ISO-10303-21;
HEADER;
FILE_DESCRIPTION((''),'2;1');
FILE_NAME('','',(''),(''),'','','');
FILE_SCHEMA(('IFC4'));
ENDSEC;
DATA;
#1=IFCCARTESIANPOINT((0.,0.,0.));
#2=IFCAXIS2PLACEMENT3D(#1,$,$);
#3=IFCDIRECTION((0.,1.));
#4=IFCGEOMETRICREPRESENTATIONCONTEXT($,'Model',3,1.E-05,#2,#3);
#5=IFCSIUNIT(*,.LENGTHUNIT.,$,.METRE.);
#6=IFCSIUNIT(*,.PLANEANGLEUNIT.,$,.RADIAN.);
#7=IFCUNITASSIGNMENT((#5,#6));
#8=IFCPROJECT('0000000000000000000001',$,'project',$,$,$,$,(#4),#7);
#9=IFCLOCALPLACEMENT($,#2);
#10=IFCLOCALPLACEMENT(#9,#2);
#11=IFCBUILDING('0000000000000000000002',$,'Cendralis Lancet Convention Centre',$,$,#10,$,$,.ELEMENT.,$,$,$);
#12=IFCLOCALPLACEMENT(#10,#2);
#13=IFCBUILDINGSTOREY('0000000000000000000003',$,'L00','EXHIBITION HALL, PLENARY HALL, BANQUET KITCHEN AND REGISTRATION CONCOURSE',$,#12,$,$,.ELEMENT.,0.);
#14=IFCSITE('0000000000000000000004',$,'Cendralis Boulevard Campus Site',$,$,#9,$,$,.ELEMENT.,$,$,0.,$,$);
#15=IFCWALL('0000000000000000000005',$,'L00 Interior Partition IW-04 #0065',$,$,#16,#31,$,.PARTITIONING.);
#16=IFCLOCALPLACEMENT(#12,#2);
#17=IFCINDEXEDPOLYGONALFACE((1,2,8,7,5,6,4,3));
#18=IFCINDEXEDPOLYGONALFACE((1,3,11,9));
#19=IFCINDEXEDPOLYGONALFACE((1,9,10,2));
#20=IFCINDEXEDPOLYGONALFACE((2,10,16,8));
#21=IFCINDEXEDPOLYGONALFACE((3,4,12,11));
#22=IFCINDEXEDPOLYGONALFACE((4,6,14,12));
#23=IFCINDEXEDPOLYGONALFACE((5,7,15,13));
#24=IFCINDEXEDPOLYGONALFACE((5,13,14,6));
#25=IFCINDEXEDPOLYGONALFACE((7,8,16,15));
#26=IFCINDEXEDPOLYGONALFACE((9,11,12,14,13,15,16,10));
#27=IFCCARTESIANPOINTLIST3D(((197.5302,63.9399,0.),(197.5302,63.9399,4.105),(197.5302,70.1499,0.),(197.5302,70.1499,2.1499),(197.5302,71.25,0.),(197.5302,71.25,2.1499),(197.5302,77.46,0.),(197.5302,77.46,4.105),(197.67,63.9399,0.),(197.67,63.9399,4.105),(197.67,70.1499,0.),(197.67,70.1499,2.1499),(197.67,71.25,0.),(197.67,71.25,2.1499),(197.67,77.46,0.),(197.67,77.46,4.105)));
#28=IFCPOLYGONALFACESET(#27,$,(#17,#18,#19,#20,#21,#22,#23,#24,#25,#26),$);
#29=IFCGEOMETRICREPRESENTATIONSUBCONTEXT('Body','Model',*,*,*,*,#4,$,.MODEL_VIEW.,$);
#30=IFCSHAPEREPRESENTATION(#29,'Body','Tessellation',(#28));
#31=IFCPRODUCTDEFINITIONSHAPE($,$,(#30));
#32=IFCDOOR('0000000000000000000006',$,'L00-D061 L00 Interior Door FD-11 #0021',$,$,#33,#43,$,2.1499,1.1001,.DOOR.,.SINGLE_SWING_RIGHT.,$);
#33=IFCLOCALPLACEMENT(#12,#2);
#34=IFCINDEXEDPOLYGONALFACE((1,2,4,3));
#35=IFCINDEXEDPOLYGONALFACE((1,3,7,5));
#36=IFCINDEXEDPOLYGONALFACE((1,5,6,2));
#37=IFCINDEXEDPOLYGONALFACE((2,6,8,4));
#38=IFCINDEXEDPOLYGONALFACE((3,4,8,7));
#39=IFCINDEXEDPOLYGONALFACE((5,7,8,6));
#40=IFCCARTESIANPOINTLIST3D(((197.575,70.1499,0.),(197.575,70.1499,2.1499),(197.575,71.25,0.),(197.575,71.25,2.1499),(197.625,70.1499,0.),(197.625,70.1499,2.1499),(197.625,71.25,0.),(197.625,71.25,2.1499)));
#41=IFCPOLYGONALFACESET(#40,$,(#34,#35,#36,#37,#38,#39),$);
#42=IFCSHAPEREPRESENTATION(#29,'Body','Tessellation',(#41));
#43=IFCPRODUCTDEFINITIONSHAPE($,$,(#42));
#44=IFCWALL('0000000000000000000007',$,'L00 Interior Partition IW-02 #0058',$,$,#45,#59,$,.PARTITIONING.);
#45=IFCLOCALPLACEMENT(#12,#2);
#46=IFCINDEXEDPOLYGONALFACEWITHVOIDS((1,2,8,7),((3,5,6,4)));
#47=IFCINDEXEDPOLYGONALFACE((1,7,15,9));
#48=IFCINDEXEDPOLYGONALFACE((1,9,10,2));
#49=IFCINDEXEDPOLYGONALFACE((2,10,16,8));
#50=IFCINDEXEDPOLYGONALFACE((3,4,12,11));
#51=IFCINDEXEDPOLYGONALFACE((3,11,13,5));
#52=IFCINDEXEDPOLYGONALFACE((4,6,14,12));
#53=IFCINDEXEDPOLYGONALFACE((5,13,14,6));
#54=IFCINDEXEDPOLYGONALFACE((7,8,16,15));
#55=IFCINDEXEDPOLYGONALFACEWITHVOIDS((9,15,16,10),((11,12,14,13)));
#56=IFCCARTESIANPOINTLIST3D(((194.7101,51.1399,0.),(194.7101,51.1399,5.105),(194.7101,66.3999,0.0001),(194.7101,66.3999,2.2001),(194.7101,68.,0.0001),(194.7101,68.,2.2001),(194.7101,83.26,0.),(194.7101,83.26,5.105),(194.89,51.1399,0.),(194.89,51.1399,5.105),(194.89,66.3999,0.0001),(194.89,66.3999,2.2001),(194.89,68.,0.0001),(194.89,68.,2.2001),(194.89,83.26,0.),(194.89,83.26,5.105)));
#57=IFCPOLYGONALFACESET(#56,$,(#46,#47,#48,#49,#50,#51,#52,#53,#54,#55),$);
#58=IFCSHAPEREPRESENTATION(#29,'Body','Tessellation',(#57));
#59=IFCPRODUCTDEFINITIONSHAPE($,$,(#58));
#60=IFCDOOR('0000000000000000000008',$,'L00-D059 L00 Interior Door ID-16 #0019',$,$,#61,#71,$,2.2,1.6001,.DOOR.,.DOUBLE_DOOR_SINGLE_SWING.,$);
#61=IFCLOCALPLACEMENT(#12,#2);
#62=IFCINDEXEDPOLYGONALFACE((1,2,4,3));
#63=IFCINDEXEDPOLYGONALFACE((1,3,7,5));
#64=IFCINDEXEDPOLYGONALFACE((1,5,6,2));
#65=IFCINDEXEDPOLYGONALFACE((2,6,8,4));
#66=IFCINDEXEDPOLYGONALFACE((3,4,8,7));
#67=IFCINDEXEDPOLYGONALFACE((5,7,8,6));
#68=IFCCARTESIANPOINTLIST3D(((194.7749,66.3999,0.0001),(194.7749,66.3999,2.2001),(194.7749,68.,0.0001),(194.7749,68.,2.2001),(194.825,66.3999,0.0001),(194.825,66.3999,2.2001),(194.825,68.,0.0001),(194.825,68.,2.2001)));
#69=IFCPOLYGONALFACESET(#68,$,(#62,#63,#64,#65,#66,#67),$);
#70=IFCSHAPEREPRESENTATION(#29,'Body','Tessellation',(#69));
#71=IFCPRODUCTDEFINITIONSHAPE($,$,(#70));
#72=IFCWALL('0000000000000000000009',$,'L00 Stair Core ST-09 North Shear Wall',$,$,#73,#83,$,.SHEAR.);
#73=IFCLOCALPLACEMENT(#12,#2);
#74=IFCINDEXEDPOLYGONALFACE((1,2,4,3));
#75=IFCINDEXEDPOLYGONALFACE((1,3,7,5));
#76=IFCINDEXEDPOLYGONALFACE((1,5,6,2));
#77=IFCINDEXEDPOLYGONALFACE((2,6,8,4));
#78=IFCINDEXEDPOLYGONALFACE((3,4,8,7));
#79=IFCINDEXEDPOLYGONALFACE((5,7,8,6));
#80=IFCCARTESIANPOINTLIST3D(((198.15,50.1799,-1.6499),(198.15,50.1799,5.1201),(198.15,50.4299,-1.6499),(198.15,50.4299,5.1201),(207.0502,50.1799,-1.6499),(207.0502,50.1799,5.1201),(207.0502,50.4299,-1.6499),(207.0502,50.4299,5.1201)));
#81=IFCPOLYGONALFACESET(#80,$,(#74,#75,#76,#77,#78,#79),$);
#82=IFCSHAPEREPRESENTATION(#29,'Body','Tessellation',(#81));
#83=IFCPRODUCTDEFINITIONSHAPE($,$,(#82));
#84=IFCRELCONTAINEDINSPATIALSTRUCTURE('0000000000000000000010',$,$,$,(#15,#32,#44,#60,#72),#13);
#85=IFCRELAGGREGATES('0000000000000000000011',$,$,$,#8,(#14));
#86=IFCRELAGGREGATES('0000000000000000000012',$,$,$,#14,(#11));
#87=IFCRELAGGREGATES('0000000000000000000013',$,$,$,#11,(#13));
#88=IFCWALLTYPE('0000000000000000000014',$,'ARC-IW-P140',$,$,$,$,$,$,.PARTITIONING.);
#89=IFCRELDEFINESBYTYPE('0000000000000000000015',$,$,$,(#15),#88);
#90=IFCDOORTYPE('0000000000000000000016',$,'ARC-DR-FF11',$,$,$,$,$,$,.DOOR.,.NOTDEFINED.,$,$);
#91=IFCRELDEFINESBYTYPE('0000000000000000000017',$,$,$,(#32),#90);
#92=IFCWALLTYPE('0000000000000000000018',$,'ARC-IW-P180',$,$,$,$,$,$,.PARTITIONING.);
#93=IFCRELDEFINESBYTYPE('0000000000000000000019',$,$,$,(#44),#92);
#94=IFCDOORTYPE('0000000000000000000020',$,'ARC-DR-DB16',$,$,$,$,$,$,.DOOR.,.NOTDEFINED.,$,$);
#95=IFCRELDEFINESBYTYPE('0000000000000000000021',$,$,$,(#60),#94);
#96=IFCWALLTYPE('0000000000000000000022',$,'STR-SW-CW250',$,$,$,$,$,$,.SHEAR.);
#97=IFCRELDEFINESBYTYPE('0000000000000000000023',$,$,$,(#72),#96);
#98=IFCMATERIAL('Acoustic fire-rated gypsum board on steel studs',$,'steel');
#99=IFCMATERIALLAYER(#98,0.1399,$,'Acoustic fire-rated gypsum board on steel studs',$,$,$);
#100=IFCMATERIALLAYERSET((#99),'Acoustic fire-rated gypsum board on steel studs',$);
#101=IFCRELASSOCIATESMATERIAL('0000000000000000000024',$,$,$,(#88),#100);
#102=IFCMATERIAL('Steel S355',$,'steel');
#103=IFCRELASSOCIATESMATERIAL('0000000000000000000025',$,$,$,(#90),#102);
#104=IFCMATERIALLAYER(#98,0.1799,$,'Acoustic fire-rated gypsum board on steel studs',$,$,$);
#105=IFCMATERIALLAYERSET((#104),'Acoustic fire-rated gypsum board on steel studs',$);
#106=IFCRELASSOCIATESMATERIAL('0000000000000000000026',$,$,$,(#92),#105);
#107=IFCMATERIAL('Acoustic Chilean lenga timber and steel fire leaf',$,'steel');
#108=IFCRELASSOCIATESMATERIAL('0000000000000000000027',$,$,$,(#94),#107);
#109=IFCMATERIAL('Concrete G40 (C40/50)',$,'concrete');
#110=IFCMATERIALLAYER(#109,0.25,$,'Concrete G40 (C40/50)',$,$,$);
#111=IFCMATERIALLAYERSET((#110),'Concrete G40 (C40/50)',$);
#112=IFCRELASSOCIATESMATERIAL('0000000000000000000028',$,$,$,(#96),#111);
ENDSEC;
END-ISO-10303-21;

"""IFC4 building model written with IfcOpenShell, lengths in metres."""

from ifc_helpers import new_model, si_unit, direction, frame, frame_2d, origin, place, context, subcontext, project, spatial, rectangle, extrude, material, layer, layer_set, type_object, element, fill, save


model = new_model("IFC4")

# Units and contexts
model_context = context("Model", 3, precision=1e-05, world=origin(), true_north=direction((0.0, 1.0)))
body_context = subcontext(model_context, "Body", "Model", "MODEL_VIEW")
ifc_project = project(units=[si_unit("LENGTHUNIT", "METRE"), si_unit("PLANEANGLEUNIT", "RADIAN")], contexts=[model_context])

# Site, building, storey
site_placement = place(None, origin())
site = spatial("IfcSite", under=ifc_project, at=site_placement, Name="Cendralis Boulevard Campus Site", CompositionType="ELEMENT", RefElevation=0.0)
building_placement = place(site_placement, origin())
building = spatial("IfcBuilding", under=site, at=building_placement, Name="Cendralis Lancet Convention Centre", CompositionType="ELEMENT")
storey_placement = place(building_placement, origin())
storey = spatial("IfcBuildingStorey", under=building, at=storey_placement, Name="L00", Description="EXHIBITION HALL, PLENARY HALL, BANQUET KITCHEN AND REGISTRATION CONCOURSE", CompositionType="ELEMENT", Elevation=0.0)

# Shared definitions
ifc_material_1 = material(Name="Concrete G40 (C40/50)", Category="concrete")

# Shared definitions
ifc_material_2 = material(Name="Steel S355", Category="steel")

# Shared definitions
ifc_material_3 = material(Name="Acoustic fire-rated gypsum board on steel studs", Category="steel")
ifc_layer_1 = layer(ifc_material_3, 0.1399, Name="Acoustic fire-rated gypsum board on steel studs")
ifc_layer_set_1 = layer_set([ifc_layer_1], Name="Acoustic fire-rated gypsum board on steel studs")
wall_type_1 = type_object("IfcWallType", Name="ARC-IW-P140", PredefinedType="PARTITIONING", material=ifc_layer_set_1)

# Walls, openings, doors
door_type_1 = type_object("IfcDoorType", Name="ARC-DR-FF11", OperationType="NOTDEFINED", PredefinedType="DOOR", material=ifc_material_2)
wall_1_placement = place(storey_placement, frame((197.6001, 63.9399, 0.0), z_axis=(0.0, 0.0, 1.0), x_axis=(0.0, 1.0, 0.0)))
wall_1 = element("IfcWall", 1, at=wall_1_placement, inside=storey, type_object=wall_type_1, Name="L00 Interior Partition IW-04 #0065", PredefinedType="PARTITIONING", context=body_context, shape_type="SweptSolid", body=[
    extrude(rectangle(XDim=13.52, YDim=0.1399, at=frame_2d((6.76, 0.0))), origin(), (0.0, 0.0, 1.0), 4.105),
])
opening_1_placement = place(wall_1_placement, frame((6.21, 0.0, 0.0)))
opening_1 = element("IfcOpeningElement", 2, at=opening_1_placement, cuts=wall_1, PredefinedType="OPENING", context=body_context, shape_type="SweptSolid", body=[
    extrude(rectangle(XDim=1.1001, YDim=2.1499, at=frame_2d((0.55, 1.075))), frame((0.0, 0.0798, 0.0), z_axis=(0.0, -1.0, 0.0), x_axis=(1.0, 0.0, 0.0)), (0.0, 0.0, 1.0), 0.1599),
])
door_1_placement = place(opening_1_placement, frame((1.1001, 0.0, 0.0), z_axis=(0.0, 0.0, 1.0), x_axis=(-1.0, 0.0, 0.0)))
door_1 = element("IfcDoor", 3, at=door_1_placement, inside=storey, type_object=door_type_1, Name="L00-D061 L00 Interior Door FD-11 #0021", OperationType="SINGLE_SWING_RIGHT", OverallHeight=2.1499, OverallWidth=1.1001, PredefinedType="DOOR", context=body_context, shape_type="SweptSolid", body=[
    extrude(rectangle(XDim=1.1001, YDim=2.1499, at=frame_2d((0.55, 1.075))), frame((0.0, 0.0249, 0.0), z_axis=(0.0, -1.0, 0.0), x_axis=(1.0, 0.0, 0.0)), (0.0, 0.0, 1.0), 0.05),
])
fill(opening_1, door_1)
ifc_layer_2 = layer(ifc_material_3, 0.1799, Name="Acoustic fire-rated gypsum board on steel studs")
ifc_layer_set_2 = layer_set([ifc_layer_2], Name="Acoustic fire-rated gypsum board on steel studs")
wall_type_2 = type_object("IfcWallType", Name="ARC-IW-P180", PredefinedType="PARTITIONING", material=ifc_layer_set_2)
wall_2_placement = place(storey_placement, frame((194.8, 51.1399, 0.0), z_axis=(0.0, 0.0, 1.0), x_axis=(0.0, 1.0, 0.0)))
wall_2 = element("IfcWall", 4, at=wall_2_placement, inside=storey, type_object=wall_type_2, Name="L00 Interior Partition IW-02 #0058", PredefinedType="PARTITIONING", context=body_context, shape_type="SweptSolid", body=[
    extrude(rectangle(XDim=32.1201, YDim=0.1799, at=frame_2d((16.0601, 0.0))), origin(), (0.0, 0.0, 1.0), 5.105),
])
opening_2_placement = place(wall_2_placement, frame((15.26, 0.0, 0.0)))
opening_2 = element("IfcOpeningElement", 5, at=opening_2_placement, cuts=wall_2, PredefinedType="OPENING", context=body_context, shape_type="SweptSolid", body=[
    extrude(rectangle(XDim=1.6001, YDim=2.2, at=frame_2d((0.8, 1.1001))), frame((0.0, 0.0999, 0.0), z_axis=(0.0, -1.0, 0.0), x_axis=(1.0, 0.0, 0.0)), (0.0, 0.0, 1.0), 0.2),
])
ifc_material_4 = material(Name="Acoustic Chilean lenga timber and steel fire leaf", Category="steel")
door_type_2 = type_object("IfcDoorType", Name="ARC-DR-DB16", OperationType="NOTDEFINED", PredefinedType="DOOR", material=ifc_material_4)
door_2_placement = place(opening_2_placement, frame((1.6001, 0.0, 0.0), z_axis=(0.0, 0.0, 1.0), x_axis=(-1.0, 0.0, 0.0)))
door_2 = element("IfcDoor", 6, at=door_2_placement, inside=storey, type_object=door_type_2, Name="L00-D059 L00 Interior Door ID-16 #0019", OperationType="DOUBLE_DOOR_SINGLE_SWING", OverallHeight=2.2, OverallWidth=1.6001, PredefinedType="DOOR", context=body_context, shape_type="SweptSolid", body=[
    extrude(rectangle(XDim=1.6001, YDim=2.2, at=frame_2d((0.8, 1.1001))), frame((0.0, 0.0249, 0.0), z_axis=(0.0, -1.0, 0.0), x_axis=(1.0, 0.0, 0.0)), (0.0, 0.0, 1.0), 0.05),
])
fill(opening_2, door_2)

# Wall
ifc_layer_3 = layer(ifc_material_1, 0.25, Name="Concrete G40 (C40/50)")
ifc_layer_set_3 = layer_set([ifc_layer_3], Name="Concrete G40 (C40/50)")
wall_type_3 = type_object("IfcWallType", Name="STR-SW-CW250", PredefinedType="SHEAR", material=ifc_layer_set_3)
wall_3_placement = place(storey_placement, frame((198.1499, 50.3049, -1.6499), z_axis=(0.0, 0.0, 1.0), x_axis=(1.0, 0.0, 0.0)))
element("IfcWall", 7, at=wall_3_placement, inside=storey, type_object=wall_type_3, Name="L00 Stair Core ST-09 North Shear Wall", PredefinedType="SHEAR", context=body_context, shape_type="SweptSolid", body=[
    extrude(rectangle(XDim=8.9001, YDim=0.25, at=frame_2d((4.4502, 0.0))), origin(), (0.0, 0.0, 1.0), 6.77),
])

save(model, "model.ifc")
